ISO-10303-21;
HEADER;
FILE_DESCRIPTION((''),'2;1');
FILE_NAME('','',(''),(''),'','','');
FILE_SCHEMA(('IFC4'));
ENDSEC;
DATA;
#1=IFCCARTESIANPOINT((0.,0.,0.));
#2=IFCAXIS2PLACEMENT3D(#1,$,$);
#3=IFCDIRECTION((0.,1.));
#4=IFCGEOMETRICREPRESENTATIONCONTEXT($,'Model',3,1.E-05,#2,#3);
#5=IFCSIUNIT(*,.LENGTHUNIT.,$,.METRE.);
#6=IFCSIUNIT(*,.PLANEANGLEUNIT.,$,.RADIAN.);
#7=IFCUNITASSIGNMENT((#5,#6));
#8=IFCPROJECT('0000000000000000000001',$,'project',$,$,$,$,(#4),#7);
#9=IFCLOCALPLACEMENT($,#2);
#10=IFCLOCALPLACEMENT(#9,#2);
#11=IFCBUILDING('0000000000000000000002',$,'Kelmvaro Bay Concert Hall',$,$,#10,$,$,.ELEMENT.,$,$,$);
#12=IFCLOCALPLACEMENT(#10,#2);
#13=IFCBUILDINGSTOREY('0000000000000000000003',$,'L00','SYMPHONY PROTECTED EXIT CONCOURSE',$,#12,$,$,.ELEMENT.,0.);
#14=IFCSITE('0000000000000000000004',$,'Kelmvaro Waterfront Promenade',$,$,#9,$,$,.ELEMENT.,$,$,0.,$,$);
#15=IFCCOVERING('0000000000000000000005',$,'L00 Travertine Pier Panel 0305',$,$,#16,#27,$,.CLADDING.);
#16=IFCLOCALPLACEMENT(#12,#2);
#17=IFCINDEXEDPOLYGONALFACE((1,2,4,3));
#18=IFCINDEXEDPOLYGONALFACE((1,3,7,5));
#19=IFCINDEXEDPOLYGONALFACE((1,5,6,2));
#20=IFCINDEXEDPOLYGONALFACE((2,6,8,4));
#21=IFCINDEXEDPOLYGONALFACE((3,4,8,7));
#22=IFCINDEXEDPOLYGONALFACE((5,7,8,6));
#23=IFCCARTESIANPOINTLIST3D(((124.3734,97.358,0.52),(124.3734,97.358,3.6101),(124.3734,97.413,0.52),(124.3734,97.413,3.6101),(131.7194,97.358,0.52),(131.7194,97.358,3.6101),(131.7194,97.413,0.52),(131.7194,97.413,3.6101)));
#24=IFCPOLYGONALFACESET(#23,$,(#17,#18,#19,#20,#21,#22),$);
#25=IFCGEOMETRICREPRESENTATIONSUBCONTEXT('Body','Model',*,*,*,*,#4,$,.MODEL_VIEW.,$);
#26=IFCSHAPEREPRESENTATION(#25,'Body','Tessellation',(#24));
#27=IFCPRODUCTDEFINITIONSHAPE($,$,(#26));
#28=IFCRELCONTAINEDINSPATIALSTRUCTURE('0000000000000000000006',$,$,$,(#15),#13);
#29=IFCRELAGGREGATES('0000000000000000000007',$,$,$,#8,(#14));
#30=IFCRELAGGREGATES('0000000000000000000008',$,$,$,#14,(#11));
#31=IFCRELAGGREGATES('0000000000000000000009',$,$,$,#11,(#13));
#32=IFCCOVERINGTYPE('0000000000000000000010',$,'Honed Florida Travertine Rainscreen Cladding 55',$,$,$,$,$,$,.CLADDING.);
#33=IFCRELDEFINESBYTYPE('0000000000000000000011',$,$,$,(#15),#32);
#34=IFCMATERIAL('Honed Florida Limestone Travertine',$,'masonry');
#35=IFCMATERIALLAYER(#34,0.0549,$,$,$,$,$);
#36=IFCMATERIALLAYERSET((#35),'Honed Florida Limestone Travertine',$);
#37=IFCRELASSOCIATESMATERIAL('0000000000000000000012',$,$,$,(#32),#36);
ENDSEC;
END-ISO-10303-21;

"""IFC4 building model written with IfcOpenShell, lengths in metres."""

from ifc_helpers import new_model, si_unit, direction, frame, origin, origin_2d, place, context, subcontext, project, spatial, rectangle, extrude, material, layer, layer_set, type_object, element, save


model = new_model("IFC4")

# Units and contexts
model_context = context("Model", 3, precision=1e-05, world=origin(), true_north=direction((0.0, 1.0)))
body_context = subcontext(model_context, "Body", "Model", "MODEL_VIEW")
ifc_project = project(units=[si_unit("LENGTHUNIT", "METRE"), si_unit("PLANEANGLEUNIT", "RADIAN")], contexts=[model_context])

# Site, building, storey
site_placement = place(None, origin())
site = spatial("IfcSite", under=ifc_project, at=site_placement, Name="Kelmvaro Waterfront Promenade", CompositionType="ELEMENT", RefElevation=0.0)
building_placement = place(site_placement, origin())
building = spatial("IfcBuilding", under=site, at=building_placement, Name="Kelmvaro Bay Concert Hall", CompositionType="ELEMENT")
storey_placement = place(building_placement, origin())
storey = spatial("IfcBuildingStorey", under=building, at=storey_placement, Name="L00", Description="SYMPHONY PROTECTED EXIT CONCOURSE", CompositionType="ELEMENT", Elevation=0.0)

# Covering
ifc_material_1 = material(Name="Honed Florida Limestone Travertine", Category="masonry")
ifc_layer_1 = layer(ifc_material_1, 0.0549)
ifc_layer_set_1 = layer_set([ifc_layer_1], Name="Honed Florida Limestone Travertine")
covering_type = type_object("IfcCoveringType", Name="Honed Florida Travertine Rainscreen Cladding 55", PredefinedType="CLADDING", material=ifc_layer_set_1)
covering_1_placement = place(storey_placement, frame((128.0464, 97.3855, 0.52), z_axis=(0.0, 0.0, 1.0), x_axis=(1.0, 0.0, 0.0)))
element("IfcCovering", 1, at=covering_1_placement, inside=storey, type_object=covering_type, Name="L00 Travertine Pier Panel 0305", PredefinedType="CLADDING", context=body_context, shape_type="SweptSolid", body=[
    extrude(rectangle(XDim=7.3459, YDim=0.0549, at=origin_2d()), origin(), (0.0, 0.0, 1.0), 3.0901),
])

save(model, "model.ifc")
